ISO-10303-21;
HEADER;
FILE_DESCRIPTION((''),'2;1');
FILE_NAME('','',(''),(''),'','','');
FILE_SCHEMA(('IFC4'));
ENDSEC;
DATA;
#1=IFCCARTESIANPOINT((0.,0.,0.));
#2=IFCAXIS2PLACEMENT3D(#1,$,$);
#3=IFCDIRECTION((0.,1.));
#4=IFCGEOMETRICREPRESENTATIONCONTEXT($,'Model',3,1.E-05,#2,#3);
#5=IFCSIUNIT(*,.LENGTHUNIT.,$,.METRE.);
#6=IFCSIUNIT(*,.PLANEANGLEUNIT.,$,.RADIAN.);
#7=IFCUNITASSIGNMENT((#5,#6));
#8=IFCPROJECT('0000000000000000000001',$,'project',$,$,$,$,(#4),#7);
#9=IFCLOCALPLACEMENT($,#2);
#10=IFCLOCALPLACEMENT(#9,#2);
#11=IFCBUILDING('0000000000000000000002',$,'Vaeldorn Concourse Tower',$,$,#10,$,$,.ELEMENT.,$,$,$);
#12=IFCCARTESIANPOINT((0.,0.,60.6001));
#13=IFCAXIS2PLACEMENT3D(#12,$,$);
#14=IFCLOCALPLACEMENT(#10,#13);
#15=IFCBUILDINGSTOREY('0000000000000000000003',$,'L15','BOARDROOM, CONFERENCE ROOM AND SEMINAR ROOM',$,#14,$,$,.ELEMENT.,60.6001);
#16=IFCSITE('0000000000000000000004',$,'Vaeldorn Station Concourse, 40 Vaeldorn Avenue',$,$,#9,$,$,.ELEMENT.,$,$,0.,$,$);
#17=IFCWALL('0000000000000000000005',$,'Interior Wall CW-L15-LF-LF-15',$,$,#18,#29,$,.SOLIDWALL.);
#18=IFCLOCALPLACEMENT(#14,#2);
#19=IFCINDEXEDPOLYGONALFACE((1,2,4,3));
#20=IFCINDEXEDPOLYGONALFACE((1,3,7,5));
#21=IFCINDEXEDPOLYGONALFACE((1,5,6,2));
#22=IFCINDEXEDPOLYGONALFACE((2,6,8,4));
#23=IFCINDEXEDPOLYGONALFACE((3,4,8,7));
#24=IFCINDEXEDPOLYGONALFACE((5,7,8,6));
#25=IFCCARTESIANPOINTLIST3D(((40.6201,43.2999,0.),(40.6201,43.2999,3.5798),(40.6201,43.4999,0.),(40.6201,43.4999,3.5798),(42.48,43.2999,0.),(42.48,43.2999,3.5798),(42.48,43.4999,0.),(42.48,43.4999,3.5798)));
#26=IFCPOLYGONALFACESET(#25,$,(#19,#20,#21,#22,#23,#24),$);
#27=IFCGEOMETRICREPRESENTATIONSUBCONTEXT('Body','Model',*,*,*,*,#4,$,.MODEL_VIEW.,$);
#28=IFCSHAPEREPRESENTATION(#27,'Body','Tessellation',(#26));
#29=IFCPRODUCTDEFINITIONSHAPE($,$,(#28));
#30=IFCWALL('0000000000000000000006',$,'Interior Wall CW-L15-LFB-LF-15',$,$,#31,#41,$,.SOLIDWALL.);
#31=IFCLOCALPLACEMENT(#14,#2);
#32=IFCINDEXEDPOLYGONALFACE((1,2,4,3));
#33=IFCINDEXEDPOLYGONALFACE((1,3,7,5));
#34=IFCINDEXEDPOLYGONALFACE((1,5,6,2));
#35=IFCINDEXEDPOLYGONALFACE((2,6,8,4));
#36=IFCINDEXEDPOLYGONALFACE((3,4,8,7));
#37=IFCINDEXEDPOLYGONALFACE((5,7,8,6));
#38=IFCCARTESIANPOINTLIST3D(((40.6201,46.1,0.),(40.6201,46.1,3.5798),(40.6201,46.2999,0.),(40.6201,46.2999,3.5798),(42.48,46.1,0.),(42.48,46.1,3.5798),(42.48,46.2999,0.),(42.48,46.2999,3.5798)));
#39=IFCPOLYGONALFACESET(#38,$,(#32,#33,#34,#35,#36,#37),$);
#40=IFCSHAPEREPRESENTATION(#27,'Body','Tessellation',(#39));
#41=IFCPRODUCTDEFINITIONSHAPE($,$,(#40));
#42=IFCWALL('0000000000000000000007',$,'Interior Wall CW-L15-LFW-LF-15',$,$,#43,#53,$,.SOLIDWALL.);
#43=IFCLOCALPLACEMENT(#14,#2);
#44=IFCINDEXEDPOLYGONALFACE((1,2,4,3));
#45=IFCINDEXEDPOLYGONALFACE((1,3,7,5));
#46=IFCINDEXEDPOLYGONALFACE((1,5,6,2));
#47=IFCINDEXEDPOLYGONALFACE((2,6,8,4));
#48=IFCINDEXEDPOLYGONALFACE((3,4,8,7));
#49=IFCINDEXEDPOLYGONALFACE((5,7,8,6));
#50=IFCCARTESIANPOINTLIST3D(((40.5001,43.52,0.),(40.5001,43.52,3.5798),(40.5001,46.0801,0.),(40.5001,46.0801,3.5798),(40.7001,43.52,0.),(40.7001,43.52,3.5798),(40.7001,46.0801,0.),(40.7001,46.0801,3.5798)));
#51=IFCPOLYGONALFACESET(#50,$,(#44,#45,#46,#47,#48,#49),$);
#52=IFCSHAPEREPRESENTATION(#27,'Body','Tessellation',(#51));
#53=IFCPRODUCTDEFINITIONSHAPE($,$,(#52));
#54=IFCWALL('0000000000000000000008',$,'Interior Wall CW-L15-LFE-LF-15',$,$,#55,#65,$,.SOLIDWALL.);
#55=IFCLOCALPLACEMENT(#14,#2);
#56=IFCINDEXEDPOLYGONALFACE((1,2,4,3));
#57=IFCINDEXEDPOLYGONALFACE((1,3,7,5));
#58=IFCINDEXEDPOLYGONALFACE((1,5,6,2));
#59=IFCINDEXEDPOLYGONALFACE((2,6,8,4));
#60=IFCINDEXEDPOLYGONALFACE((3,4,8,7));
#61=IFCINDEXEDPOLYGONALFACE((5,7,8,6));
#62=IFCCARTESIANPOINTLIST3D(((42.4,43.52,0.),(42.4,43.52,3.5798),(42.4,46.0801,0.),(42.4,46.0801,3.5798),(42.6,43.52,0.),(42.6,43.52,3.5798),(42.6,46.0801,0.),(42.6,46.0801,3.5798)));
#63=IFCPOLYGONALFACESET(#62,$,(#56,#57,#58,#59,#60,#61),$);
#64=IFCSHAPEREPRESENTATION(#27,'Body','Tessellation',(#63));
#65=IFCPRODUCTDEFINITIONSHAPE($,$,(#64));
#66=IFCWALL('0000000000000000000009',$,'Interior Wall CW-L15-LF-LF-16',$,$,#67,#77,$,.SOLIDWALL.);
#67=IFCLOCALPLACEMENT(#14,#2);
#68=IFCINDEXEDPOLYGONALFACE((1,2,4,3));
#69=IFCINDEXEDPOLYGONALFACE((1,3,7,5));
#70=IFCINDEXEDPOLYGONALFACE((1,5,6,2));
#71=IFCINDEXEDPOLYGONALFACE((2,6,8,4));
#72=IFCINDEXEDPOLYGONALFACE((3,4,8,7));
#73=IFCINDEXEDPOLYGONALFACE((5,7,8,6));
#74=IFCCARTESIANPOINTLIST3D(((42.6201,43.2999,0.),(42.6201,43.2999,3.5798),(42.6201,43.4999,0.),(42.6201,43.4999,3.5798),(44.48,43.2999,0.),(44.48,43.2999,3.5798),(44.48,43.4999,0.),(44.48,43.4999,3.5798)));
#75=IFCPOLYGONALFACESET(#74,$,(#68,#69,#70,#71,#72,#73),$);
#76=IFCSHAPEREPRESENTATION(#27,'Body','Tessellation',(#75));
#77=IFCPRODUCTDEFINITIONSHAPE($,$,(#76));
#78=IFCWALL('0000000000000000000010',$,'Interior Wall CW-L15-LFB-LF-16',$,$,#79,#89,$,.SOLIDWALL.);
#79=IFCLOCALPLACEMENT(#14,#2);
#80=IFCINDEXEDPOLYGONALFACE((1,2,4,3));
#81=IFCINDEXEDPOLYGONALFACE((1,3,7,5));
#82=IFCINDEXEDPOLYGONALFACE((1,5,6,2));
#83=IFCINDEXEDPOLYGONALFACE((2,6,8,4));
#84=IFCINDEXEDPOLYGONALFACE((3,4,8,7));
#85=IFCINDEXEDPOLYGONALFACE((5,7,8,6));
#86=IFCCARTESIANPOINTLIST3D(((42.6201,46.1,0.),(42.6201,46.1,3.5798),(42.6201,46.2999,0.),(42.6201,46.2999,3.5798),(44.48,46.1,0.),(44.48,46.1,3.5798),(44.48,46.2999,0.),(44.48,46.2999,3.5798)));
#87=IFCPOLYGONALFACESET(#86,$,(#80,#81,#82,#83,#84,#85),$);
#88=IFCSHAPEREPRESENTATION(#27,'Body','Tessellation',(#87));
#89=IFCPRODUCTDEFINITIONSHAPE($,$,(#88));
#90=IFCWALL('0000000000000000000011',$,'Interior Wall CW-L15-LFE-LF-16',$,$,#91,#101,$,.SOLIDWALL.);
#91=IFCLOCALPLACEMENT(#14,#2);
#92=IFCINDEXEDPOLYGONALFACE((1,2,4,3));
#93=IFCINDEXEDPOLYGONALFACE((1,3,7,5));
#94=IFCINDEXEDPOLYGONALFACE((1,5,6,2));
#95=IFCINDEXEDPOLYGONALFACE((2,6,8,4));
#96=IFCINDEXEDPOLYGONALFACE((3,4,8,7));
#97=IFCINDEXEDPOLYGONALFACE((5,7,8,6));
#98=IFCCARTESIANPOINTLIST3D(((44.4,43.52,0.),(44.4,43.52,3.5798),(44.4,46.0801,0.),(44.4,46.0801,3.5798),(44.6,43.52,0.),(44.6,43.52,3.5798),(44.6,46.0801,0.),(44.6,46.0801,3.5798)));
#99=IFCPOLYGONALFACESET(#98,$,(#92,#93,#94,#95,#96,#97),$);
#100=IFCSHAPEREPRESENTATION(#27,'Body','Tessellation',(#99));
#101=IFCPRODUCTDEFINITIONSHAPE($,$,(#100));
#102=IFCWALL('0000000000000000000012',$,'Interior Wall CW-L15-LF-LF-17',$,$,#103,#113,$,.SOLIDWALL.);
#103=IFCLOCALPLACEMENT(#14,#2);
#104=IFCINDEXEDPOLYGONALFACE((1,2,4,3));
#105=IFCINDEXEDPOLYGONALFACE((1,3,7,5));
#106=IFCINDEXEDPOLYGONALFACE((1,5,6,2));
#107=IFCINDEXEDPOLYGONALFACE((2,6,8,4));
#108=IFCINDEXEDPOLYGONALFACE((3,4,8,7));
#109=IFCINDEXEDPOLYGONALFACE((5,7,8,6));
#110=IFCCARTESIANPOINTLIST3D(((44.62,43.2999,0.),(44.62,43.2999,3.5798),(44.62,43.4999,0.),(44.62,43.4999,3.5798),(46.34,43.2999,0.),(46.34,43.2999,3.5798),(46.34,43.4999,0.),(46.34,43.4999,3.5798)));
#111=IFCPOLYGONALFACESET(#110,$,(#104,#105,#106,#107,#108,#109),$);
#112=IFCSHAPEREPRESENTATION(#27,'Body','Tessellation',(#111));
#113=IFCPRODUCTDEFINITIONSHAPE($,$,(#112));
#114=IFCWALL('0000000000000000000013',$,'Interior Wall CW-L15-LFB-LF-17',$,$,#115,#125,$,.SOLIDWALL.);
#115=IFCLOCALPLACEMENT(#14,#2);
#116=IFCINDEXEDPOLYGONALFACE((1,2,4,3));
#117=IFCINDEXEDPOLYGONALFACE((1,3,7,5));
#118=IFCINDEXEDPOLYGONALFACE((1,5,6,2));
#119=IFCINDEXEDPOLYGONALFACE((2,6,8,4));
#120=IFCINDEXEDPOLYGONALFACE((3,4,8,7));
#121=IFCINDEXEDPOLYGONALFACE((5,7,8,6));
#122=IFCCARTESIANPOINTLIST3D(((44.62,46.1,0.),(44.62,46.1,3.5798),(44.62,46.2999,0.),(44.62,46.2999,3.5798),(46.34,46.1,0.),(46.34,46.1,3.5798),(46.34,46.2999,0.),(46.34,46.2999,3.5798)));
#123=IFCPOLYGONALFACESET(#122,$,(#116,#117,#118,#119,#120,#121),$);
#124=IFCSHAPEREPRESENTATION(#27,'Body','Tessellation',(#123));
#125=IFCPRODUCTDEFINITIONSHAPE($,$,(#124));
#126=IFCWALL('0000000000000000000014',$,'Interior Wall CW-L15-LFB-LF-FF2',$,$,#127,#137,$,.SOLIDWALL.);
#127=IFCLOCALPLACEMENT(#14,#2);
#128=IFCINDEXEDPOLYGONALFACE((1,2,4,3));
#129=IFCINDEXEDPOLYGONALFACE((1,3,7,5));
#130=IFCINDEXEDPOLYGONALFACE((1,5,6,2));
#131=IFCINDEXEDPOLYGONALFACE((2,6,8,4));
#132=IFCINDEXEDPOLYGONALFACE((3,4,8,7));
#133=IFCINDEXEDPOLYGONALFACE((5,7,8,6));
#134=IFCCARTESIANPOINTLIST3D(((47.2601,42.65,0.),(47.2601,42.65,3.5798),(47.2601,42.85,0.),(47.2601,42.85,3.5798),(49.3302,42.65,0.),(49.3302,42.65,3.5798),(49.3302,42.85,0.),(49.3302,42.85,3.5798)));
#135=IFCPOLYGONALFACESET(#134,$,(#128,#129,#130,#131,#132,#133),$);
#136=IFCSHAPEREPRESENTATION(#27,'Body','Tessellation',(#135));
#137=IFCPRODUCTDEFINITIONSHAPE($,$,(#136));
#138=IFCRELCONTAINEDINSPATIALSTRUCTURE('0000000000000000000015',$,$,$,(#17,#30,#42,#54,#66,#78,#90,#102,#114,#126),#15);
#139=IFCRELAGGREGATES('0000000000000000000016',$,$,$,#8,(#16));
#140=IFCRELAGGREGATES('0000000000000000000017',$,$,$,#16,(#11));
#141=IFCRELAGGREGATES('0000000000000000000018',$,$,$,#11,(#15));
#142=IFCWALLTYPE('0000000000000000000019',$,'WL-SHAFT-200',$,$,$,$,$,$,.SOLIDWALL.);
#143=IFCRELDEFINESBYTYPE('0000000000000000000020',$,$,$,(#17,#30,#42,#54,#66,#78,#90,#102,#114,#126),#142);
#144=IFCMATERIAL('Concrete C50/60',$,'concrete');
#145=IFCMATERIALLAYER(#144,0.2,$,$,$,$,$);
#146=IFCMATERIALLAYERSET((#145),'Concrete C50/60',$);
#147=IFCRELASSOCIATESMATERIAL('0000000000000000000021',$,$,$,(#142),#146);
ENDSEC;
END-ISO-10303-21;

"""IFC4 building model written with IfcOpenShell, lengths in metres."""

from ifc_helpers import new_model, si_unit, direction, frame, frame_2d, origin, place, context, subcontext, project, spatial, rectangle, extrude, material, layer, layer_set, type_object, element, save


model = new_model("IFC4")

# Units and contexts
model_context = context("Model", 3, precision=1e-05, world=origin(), true_north=direction((0.0, 1.0)))
body_context = subcontext(model_context, "Body", "Model", "MODEL_VIEW")
ifc_project = project(units=[si_unit("LENGTHUNIT", "METRE"), si_unit("PLANEANGLEUNIT", "RADIAN")], contexts=[model_context])

# Site, building, storey
site_placement = place(None, origin())
site = spatial("IfcSite", under=ifc_project, at=site_placement, Name="Vaeldorn Station Concourse, 40 Vaeldorn Avenue", CompositionType="ELEMENT", RefElevation=0.0)
building_placement = place(site_placement, origin())
building = spatial("IfcBuilding", under=site, at=building_placement, Name="Vaeldorn Concourse Tower", CompositionType="ELEMENT")
storey_placement = place(building_placement, frame((0.0, 0.0, 60.6001)))
storey = spatial("IfcBuildingStorey", under=building, at=storey_placement, Name="L15", Description="BOARDROOM, CONFERENCE ROOM AND SEMINAR ROOM", CompositionType="ELEMENT", Elevation=60.6001)

# Shared definitions
ifc_material_1 = material(Name="Concrete C50/60", Category="concrete")
ifc_layer_1 = layer(ifc_material_1, 0.2)
ifc_layer_set_1 = layer_set([ifc_layer_1], Name="Concrete C50/60")
wall_type_1 = type_object("IfcWallType", Name="WL-SHAFT-200", PredefinedType="SOLIDWALL", material=ifc_layer_set_1)

# Walls
for number, where, z_axis, x_axis, name in (
    (1, (40.6201, 43.3999, 0.0), (0.0, 0.0, 1.0), (1.0, 0.0, 0.0), "Interior Wall CW-L15-LF-LF-15"),
    (2, (40.6201, 46.2, 0.0), (0.0, 0.0, 1.0), (1.0, 0.0, 0.0), "Interior Wall CW-L15-LFB-LF-15"),
):
    element("IfcWall", number, at=place(storey_placement, frame(where, z_axis=z_axis, x_axis=x_axis)), inside=storey, type_object=wall_type_1, Name=name, PredefinedType="SOLIDWALL", context=body_context, shape_type="SweptSolid", body=[
        extrude(rectangle(XDim=1.8599, YDim=0.2, at=frame_2d((0.9299, 0.0))), origin(), (0.0, 0.0, 1.0), 3.5798),
    ])
for number, where, z_axis, x_axis, name in (
    (3, (40.6001, 43.52, 0.0), (0.0, 0.0, 1.0), (0.0, 1.0, 0.0), "Interior Wall CW-L15-LFW-LF-15"),
    (4, (42.5, 43.52, 0.0), (0.0, 0.0, 1.0), (0.0, 1.0, 0.0), "Interior Wall CW-L15-LFE-LF-15"),
):
    element("IfcWall", number, at=place(storey_placement, frame(where, z_axis=z_axis, x_axis=x_axis)), inside=storey, type_object=wall_type_1, Name=name, PredefinedType="SOLIDWALL", context=body_context, shape_type="SweptSolid", body=[
        extrude(rectangle(XDim=2.5601, YDim=0.2, at=frame_2d((1.28, 0.0))), origin(), (0.0, 0.0, 1.0), 3.5798),
    ])
for number, where, z_axis, x_axis, name in (
    (5, (42.6201, 43.3999, 0.0), (0.0, 0.0, 1.0), (1.0, 0.0, 0.0), "Interior Wall CW-L15-LF-LF-16"),
    (6, (42.6201, 46.2, 0.0), (0.0, 0.0, 1.0), (1.0, 0.0, 0.0), "Interior Wall CW-L15-LFB-LF-16"),
):
    element("IfcWall", number, at=place(storey_placement, frame(where, z_axis=z_axis, x_axis=x_axis)), inside=storey, type_object=wall_type_1, Name=name, PredefinedType="SOLIDWALL", context=body_context, shape_type="SweptSolid", body=[
        extrude(rectangle(XDim=1.8599, YDim=0.2, at=frame_2d((0.9299, 0.0))), origin(), (0.0, 0.0, 1.0), 3.5798),
    ])
wall_1_placement = place(storey_placement, frame((44.5, 43.52, 0.0), z_axis=(0.0, 0.0, 1.0), x_axis=(0.0, 1.0, 0.0)))
element("IfcWall", 7, at=wall_1_placement, inside=storey, type_object=wall_type_1, Name="Interior Wall CW-L15-LFE-LF-16", PredefinedType="SOLIDWALL", context=body_context, shape_type="SweptSolid", body=[
    extrude(rectangle(XDim=2.5601, YDim=0.2, at=frame_2d((1.28, 0.0))), origin(), (0.0, 0.0, 1.0), 3.5798),
])
for number, where, z_axis, x_axis, name in (
    (8, (44.6201, 43.3999, 0.0), (0.0, 0.0, 1.0), (1.0, 0.0, 0.0), "Interior Wall CW-L15-LF-LF-17"),
    (9, (44.6201, 46.2, 0.0), (0.0, 0.0, 1.0), (1.0, 0.0, 0.0), "Interior Wall CW-L15-LFB-LF-17"),
):
    element("IfcWall", number, at=place(storey_placement, frame(where, z_axis=z_axis, x_axis=x_axis)), inside=storey, type_object=wall_type_1, Name=name, PredefinedType="SOLIDWALL", context=body_context, shape_type="SweptSolid", body=[
        extrude(rectangle(XDim=1.72, YDim=0.2, at=frame_2d((0.8599, 0.0))), origin(), (0.0, 0.0, 1.0), 3.5798),
    ])

# Wall
wall_2_placement = place(storey_placement, frame((47.26, 42.75, 0.0), z_axis=(0.0, 0.0, 1.0), x_axis=(1.0, 0.0, 0.0)))
element("IfcWall", 10, at=wall_2_placement, inside=storey, type_object=wall_type_1, Name="Interior Wall CW-L15-LFB-LF-FF2", PredefinedType="SOLIDWALL", context=body_context, shape_type="SweptSolid", body=[
    extrude(rectangle(XDim=2.0701, YDim=0.2, at=frame_2d((1.0352, 0.0))), origin(), (0.0, 0.0, 1.0), 3.5798),
])

save(model, "model.ifc")
